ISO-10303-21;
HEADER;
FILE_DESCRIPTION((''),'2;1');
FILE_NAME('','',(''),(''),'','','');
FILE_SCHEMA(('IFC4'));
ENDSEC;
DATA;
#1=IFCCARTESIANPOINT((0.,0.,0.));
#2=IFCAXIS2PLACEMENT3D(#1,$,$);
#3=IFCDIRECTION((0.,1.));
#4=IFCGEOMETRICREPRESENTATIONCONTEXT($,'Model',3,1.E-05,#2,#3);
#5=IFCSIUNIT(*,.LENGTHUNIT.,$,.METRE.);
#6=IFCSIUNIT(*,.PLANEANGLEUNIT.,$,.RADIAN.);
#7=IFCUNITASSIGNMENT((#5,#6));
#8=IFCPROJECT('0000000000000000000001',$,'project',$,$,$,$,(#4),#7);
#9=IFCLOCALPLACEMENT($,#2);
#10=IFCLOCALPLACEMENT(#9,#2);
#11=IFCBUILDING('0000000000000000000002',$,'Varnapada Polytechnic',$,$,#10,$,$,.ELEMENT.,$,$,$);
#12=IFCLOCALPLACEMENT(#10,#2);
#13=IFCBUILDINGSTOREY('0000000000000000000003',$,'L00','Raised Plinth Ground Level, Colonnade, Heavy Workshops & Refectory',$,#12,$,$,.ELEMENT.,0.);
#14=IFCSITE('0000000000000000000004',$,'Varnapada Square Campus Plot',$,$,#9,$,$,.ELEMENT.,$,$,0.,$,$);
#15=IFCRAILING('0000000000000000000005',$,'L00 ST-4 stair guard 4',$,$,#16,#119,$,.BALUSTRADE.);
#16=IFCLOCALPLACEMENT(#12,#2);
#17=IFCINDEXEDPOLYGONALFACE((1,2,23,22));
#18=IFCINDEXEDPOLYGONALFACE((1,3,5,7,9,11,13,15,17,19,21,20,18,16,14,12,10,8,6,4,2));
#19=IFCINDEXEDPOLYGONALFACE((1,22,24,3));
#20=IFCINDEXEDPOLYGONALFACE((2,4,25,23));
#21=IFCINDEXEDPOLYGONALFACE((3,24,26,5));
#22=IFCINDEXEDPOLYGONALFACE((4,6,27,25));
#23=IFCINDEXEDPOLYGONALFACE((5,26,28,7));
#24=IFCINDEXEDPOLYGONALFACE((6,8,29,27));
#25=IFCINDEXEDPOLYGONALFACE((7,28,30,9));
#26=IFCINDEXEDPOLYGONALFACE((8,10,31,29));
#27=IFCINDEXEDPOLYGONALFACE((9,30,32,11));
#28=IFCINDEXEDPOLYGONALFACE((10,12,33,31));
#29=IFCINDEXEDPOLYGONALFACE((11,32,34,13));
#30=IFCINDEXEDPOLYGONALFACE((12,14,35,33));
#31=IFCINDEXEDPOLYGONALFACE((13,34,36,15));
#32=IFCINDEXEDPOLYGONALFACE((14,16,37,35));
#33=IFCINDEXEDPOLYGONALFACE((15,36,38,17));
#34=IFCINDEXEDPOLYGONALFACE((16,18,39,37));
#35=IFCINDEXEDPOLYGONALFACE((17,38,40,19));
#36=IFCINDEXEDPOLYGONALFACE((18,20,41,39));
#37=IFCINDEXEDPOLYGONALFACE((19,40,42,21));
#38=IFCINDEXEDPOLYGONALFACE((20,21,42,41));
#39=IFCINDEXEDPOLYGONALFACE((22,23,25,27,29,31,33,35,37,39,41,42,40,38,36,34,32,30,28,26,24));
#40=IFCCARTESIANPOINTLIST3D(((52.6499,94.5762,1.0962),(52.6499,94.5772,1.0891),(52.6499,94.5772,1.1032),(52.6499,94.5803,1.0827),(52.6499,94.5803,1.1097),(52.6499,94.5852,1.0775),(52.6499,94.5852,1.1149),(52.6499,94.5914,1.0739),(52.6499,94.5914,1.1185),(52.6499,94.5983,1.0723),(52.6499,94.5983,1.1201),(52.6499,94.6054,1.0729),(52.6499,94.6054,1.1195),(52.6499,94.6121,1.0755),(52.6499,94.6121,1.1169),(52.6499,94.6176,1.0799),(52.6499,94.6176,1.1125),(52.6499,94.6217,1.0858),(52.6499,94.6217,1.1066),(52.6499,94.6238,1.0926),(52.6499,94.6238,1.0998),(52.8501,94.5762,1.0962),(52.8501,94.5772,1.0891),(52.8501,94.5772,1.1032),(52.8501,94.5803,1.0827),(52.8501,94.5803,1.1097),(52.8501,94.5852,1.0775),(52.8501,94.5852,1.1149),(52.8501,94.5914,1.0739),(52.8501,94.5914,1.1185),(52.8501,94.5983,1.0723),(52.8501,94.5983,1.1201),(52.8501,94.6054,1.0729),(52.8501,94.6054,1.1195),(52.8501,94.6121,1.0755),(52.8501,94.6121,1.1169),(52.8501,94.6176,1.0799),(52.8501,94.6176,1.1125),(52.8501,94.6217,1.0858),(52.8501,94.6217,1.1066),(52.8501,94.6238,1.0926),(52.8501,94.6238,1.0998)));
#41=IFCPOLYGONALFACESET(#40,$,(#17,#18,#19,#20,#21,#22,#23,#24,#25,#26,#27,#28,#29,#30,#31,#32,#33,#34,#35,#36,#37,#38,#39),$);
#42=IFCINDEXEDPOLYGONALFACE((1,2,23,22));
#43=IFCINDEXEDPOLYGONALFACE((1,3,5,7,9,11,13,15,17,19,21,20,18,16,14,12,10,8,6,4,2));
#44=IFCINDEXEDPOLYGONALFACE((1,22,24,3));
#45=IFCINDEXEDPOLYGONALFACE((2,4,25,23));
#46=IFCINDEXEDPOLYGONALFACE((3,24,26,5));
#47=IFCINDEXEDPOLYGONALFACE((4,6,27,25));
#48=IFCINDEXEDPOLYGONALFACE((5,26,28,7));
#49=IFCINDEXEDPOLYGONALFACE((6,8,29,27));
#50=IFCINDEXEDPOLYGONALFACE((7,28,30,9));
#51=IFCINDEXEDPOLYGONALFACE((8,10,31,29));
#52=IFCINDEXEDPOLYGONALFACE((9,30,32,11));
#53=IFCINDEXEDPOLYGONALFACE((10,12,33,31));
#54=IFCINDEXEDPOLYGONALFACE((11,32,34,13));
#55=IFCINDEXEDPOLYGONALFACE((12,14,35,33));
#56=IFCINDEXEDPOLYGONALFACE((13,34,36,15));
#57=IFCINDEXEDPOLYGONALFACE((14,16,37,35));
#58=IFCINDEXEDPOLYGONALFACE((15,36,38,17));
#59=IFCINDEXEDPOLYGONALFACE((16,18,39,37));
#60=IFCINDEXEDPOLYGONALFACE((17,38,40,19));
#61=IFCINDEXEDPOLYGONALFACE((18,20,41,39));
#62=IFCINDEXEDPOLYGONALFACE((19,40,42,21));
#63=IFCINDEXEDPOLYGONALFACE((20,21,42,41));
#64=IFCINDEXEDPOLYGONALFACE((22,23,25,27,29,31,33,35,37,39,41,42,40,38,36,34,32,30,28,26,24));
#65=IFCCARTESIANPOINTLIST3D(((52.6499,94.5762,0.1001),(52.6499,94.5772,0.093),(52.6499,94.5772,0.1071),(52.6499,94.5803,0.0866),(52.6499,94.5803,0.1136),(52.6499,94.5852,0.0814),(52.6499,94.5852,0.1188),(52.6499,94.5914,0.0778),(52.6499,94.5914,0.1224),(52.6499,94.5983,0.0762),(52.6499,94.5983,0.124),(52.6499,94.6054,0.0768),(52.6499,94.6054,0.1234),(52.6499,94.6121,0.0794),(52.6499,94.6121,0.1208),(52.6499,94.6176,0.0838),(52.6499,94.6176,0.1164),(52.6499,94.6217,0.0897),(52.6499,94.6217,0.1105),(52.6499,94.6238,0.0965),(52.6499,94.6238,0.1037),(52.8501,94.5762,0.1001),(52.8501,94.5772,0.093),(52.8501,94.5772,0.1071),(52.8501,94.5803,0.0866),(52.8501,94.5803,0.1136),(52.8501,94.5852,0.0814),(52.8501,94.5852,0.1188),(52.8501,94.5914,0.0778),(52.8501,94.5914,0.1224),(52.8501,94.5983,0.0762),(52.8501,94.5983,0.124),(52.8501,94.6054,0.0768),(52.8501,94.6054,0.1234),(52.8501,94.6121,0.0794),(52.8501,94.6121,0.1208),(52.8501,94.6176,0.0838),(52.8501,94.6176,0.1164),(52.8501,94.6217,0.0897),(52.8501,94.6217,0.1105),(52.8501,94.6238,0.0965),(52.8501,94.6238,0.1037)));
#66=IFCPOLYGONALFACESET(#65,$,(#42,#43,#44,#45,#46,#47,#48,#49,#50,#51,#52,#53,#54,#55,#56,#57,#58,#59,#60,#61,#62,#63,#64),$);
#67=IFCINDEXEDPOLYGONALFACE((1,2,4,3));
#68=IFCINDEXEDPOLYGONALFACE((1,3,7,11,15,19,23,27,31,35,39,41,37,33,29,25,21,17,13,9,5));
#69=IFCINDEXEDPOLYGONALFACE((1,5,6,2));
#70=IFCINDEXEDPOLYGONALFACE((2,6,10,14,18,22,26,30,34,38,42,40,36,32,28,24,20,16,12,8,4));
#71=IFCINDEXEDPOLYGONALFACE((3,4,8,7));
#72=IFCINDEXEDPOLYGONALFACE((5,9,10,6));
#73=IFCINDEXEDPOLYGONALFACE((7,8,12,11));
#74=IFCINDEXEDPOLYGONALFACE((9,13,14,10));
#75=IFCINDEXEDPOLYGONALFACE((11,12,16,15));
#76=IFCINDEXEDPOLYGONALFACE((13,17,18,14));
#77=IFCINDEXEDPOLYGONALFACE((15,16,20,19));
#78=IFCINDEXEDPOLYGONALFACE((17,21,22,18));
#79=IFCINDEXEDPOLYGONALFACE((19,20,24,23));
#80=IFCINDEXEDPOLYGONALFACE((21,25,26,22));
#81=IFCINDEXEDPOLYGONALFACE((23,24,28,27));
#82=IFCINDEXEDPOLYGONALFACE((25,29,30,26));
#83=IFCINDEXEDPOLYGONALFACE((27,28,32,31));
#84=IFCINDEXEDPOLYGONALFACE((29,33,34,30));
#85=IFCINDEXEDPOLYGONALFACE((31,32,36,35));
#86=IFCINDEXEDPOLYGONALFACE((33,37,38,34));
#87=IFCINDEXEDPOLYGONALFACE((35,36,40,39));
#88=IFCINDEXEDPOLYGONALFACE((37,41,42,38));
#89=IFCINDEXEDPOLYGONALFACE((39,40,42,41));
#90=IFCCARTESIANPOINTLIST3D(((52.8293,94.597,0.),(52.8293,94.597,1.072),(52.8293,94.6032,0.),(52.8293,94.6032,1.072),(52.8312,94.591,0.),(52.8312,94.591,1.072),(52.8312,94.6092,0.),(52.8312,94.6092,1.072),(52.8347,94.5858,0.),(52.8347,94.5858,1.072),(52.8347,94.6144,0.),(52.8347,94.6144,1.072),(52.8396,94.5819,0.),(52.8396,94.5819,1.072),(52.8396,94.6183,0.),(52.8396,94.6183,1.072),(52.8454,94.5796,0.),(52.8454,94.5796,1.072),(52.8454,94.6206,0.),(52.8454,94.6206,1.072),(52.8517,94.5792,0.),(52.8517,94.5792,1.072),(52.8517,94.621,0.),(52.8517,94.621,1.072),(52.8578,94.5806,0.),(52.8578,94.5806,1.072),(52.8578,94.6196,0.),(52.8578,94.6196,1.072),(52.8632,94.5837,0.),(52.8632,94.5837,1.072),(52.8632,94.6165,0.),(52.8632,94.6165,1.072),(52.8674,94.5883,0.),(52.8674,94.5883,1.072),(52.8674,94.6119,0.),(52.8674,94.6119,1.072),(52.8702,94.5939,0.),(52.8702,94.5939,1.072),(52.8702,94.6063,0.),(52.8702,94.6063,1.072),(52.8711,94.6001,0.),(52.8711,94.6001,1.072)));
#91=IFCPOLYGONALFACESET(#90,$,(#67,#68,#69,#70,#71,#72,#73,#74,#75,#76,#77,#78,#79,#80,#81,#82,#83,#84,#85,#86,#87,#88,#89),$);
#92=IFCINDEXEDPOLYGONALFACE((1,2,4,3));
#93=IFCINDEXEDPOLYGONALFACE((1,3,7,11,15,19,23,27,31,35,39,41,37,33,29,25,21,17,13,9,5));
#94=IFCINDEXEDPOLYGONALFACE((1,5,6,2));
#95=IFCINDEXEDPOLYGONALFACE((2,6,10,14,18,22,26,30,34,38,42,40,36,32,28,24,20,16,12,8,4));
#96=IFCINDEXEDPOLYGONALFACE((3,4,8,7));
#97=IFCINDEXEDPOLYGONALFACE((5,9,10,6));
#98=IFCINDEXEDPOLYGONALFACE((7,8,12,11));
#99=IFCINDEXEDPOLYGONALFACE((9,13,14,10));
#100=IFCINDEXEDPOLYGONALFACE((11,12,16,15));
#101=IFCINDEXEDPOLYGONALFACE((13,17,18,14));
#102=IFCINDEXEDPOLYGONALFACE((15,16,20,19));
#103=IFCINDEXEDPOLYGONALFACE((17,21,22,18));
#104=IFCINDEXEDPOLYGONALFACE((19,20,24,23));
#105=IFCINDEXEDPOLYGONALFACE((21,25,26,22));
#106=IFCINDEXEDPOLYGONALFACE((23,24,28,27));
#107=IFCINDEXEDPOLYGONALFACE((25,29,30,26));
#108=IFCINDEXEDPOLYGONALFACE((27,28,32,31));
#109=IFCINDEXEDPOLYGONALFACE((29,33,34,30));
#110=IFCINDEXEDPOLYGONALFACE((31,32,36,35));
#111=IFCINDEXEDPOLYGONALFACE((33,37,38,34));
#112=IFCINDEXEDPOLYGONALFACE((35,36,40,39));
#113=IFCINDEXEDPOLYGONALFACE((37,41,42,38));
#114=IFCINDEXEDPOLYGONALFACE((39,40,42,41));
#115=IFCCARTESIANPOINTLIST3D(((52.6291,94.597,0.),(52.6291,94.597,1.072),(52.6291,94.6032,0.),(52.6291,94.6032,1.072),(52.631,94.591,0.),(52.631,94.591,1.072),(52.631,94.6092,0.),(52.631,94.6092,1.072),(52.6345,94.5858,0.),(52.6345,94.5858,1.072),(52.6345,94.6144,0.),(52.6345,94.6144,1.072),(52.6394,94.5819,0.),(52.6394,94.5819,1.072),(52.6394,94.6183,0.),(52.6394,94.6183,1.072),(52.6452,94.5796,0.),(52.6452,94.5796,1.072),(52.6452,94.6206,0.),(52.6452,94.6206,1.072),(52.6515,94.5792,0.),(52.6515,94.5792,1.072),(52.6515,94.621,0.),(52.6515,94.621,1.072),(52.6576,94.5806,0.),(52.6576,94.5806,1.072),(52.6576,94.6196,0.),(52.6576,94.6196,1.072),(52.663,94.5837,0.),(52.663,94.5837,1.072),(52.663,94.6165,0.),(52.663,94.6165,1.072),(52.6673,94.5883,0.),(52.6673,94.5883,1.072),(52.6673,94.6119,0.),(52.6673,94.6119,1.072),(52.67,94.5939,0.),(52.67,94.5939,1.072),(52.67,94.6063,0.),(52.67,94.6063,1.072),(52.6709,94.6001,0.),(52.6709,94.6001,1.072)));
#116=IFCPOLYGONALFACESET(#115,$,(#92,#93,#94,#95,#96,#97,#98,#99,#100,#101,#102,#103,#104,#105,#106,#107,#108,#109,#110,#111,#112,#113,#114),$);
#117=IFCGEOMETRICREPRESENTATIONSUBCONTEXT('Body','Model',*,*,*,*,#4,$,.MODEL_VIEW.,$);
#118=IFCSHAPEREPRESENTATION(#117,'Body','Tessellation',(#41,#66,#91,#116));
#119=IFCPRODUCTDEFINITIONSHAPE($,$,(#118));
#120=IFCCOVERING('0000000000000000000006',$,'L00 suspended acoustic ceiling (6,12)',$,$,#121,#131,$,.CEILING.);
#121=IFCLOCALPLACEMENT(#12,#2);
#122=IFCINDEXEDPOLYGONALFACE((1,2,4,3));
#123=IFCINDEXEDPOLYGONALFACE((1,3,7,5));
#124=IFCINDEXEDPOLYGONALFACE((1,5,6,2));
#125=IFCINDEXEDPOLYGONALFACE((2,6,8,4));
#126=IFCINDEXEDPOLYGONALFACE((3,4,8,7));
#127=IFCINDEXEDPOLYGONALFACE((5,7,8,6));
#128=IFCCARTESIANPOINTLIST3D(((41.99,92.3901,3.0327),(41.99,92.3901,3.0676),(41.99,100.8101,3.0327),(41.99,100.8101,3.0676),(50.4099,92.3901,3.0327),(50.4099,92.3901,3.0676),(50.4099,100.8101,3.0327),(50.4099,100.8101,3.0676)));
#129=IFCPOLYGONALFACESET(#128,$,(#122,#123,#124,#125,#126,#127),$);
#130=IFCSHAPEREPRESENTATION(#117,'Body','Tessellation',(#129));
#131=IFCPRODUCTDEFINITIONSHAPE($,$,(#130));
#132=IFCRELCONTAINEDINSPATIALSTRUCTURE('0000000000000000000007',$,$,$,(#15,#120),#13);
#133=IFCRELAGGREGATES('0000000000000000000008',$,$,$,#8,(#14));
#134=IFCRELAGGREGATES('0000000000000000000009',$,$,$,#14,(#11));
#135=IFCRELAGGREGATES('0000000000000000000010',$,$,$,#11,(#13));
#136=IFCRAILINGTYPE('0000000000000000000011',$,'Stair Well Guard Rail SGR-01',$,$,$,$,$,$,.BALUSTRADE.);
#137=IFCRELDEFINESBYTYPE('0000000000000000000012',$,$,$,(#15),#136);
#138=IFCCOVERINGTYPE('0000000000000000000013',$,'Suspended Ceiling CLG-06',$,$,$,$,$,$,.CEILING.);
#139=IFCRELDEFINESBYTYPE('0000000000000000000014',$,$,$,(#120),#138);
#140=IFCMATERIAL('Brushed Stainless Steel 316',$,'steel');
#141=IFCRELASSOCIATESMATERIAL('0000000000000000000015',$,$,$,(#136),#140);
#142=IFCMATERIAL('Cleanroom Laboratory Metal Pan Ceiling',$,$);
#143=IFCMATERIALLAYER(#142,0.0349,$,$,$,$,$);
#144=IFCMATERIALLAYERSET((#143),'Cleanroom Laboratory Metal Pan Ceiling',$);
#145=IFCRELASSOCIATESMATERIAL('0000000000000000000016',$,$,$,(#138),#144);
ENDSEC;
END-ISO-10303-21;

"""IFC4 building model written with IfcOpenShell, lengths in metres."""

from ifc_helpers import new_model, si_unit, direction, frame, origin, origin_2d, place, context, subcontext, project, spatial, rectangle, circle, extrude, material, layer, layer_set, type_object, element, save


model = new_model("IFC4")

# Units and contexts
model_context = context("Model", 3, precision=1e-05, world=origin(), true_north=direction((0.0, 1.0)))
body_context = subcontext(model_context, "Body", "Model", "MODEL_VIEW")
ifc_project = project(units=[si_unit("LENGTHUNIT", "METRE"), si_unit("PLANEANGLEUNIT", "RADIAN")], contexts=[model_context])

# Site, building, storey
site_placement = place(None, origin())
site = spatial("IfcSite", under=ifc_project, at=site_placement, Name="Varnapada Square Campus Plot", CompositionType="ELEMENT", RefElevation=0.0)
building_placement = place(site_placement, origin())
building = spatial("IfcBuilding", under=site, at=building_placement, Name="Varnapada Polytechnic", CompositionType="ELEMENT")
storey_placement = place(building_placement, origin())
storey = spatial("IfcBuildingStorey", under=building, at=storey_placement, Name="L00", Description="Raised Plinth Ground Level, Colonnade, Heavy Workshops & Refectory", CompositionType="ELEMENT", Elevation=0.0)

# Shared definitions
ifc_material_1 = material(Name="Brushed Stainless Steel 316", Category="steel")

# Railing
railing_type_1 = type_object("IfcRailingType", Name="Stair Well Guard Rail SGR-01", PredefinedType="BALUSTRADE", material=ifc_material_1)
railing_1_placement = place(storey_placement, frame((52.8501, 94.6001, 0.0)))
element("IfcRailing", 1, at=railing_1_placement, inside=storey, type_object=railing_type_1, Name="L00 ST-4 stair guard 4", PredefinedType="BALUSTRADE", context=body_context, shape_type="SweptSolid", body=[
    extrude(circle(Radius=0.0239, at=origin_2d()), frame((0.0, 0.0, 1.0962), z_axis=(-1.0, 0.0, 0.0), x_axis=(0.0, -1.0, 0.0)), (0.0, 0.0, 1.0), 0.2002),
    extrude(circle(Radius=0.0239, at=origin_2d()), frame((0.0, 0.0, 0.1001), z_axis=(-1.0, 0.0, 0.0), x_axis=(0.0, -1.0, 0.0)), (0.0, 0.0, 1.0), 0.2002),
    extrude(circle(Radius=0.021, at=origin_2d()), origin(), (0.0, 0.0, 1.0), 1.072),
    extrude(circle(Radius=0.021, at=origin_2d()), frame((-0.2002, 0.0, 0.0)), (0.0, 0.0, 1.0), 1.072),
])

# Covering
ifc_material_2 = material(Name="Cleanroom Laboratory Metal Pan Ceiling")
ifc_layer_1 = layer(ifc_material_2, 0.0349)
ifc_layer_set_1 = layer_set([ifc_layer_1], Name="Cleanroom Laboratory Metal Pan Ceiling")
covering_type_1 = type_object("IfcCoveringType", Name="Suspended Ceiling CLG-06", PredefinedType="CEILING", material=ifc_layer_set_1)
covering_placement = place(storey_placement, frame((46.2, 96.6001, 3.0327), z_axis=(0.0, 0.0, 1.0), x_axis=(1.0, 0.0, 0.0)))
element("IfcCovering", 2, at=covering_placement, inside=storey, type_object=covering_type_1, Name="L00 suspended acoustic ceiling (6,12)", PredefinedType="CEILING", context=body_context, shape_type="SweptSolid", body=[
    extrude(rectangle(XDim=8.4199, YDim=8.4199, at=origin_2d()), origin(), (0.0, 0.0, 1.0), 0.0349),
])

save(model, "model.ifc")
